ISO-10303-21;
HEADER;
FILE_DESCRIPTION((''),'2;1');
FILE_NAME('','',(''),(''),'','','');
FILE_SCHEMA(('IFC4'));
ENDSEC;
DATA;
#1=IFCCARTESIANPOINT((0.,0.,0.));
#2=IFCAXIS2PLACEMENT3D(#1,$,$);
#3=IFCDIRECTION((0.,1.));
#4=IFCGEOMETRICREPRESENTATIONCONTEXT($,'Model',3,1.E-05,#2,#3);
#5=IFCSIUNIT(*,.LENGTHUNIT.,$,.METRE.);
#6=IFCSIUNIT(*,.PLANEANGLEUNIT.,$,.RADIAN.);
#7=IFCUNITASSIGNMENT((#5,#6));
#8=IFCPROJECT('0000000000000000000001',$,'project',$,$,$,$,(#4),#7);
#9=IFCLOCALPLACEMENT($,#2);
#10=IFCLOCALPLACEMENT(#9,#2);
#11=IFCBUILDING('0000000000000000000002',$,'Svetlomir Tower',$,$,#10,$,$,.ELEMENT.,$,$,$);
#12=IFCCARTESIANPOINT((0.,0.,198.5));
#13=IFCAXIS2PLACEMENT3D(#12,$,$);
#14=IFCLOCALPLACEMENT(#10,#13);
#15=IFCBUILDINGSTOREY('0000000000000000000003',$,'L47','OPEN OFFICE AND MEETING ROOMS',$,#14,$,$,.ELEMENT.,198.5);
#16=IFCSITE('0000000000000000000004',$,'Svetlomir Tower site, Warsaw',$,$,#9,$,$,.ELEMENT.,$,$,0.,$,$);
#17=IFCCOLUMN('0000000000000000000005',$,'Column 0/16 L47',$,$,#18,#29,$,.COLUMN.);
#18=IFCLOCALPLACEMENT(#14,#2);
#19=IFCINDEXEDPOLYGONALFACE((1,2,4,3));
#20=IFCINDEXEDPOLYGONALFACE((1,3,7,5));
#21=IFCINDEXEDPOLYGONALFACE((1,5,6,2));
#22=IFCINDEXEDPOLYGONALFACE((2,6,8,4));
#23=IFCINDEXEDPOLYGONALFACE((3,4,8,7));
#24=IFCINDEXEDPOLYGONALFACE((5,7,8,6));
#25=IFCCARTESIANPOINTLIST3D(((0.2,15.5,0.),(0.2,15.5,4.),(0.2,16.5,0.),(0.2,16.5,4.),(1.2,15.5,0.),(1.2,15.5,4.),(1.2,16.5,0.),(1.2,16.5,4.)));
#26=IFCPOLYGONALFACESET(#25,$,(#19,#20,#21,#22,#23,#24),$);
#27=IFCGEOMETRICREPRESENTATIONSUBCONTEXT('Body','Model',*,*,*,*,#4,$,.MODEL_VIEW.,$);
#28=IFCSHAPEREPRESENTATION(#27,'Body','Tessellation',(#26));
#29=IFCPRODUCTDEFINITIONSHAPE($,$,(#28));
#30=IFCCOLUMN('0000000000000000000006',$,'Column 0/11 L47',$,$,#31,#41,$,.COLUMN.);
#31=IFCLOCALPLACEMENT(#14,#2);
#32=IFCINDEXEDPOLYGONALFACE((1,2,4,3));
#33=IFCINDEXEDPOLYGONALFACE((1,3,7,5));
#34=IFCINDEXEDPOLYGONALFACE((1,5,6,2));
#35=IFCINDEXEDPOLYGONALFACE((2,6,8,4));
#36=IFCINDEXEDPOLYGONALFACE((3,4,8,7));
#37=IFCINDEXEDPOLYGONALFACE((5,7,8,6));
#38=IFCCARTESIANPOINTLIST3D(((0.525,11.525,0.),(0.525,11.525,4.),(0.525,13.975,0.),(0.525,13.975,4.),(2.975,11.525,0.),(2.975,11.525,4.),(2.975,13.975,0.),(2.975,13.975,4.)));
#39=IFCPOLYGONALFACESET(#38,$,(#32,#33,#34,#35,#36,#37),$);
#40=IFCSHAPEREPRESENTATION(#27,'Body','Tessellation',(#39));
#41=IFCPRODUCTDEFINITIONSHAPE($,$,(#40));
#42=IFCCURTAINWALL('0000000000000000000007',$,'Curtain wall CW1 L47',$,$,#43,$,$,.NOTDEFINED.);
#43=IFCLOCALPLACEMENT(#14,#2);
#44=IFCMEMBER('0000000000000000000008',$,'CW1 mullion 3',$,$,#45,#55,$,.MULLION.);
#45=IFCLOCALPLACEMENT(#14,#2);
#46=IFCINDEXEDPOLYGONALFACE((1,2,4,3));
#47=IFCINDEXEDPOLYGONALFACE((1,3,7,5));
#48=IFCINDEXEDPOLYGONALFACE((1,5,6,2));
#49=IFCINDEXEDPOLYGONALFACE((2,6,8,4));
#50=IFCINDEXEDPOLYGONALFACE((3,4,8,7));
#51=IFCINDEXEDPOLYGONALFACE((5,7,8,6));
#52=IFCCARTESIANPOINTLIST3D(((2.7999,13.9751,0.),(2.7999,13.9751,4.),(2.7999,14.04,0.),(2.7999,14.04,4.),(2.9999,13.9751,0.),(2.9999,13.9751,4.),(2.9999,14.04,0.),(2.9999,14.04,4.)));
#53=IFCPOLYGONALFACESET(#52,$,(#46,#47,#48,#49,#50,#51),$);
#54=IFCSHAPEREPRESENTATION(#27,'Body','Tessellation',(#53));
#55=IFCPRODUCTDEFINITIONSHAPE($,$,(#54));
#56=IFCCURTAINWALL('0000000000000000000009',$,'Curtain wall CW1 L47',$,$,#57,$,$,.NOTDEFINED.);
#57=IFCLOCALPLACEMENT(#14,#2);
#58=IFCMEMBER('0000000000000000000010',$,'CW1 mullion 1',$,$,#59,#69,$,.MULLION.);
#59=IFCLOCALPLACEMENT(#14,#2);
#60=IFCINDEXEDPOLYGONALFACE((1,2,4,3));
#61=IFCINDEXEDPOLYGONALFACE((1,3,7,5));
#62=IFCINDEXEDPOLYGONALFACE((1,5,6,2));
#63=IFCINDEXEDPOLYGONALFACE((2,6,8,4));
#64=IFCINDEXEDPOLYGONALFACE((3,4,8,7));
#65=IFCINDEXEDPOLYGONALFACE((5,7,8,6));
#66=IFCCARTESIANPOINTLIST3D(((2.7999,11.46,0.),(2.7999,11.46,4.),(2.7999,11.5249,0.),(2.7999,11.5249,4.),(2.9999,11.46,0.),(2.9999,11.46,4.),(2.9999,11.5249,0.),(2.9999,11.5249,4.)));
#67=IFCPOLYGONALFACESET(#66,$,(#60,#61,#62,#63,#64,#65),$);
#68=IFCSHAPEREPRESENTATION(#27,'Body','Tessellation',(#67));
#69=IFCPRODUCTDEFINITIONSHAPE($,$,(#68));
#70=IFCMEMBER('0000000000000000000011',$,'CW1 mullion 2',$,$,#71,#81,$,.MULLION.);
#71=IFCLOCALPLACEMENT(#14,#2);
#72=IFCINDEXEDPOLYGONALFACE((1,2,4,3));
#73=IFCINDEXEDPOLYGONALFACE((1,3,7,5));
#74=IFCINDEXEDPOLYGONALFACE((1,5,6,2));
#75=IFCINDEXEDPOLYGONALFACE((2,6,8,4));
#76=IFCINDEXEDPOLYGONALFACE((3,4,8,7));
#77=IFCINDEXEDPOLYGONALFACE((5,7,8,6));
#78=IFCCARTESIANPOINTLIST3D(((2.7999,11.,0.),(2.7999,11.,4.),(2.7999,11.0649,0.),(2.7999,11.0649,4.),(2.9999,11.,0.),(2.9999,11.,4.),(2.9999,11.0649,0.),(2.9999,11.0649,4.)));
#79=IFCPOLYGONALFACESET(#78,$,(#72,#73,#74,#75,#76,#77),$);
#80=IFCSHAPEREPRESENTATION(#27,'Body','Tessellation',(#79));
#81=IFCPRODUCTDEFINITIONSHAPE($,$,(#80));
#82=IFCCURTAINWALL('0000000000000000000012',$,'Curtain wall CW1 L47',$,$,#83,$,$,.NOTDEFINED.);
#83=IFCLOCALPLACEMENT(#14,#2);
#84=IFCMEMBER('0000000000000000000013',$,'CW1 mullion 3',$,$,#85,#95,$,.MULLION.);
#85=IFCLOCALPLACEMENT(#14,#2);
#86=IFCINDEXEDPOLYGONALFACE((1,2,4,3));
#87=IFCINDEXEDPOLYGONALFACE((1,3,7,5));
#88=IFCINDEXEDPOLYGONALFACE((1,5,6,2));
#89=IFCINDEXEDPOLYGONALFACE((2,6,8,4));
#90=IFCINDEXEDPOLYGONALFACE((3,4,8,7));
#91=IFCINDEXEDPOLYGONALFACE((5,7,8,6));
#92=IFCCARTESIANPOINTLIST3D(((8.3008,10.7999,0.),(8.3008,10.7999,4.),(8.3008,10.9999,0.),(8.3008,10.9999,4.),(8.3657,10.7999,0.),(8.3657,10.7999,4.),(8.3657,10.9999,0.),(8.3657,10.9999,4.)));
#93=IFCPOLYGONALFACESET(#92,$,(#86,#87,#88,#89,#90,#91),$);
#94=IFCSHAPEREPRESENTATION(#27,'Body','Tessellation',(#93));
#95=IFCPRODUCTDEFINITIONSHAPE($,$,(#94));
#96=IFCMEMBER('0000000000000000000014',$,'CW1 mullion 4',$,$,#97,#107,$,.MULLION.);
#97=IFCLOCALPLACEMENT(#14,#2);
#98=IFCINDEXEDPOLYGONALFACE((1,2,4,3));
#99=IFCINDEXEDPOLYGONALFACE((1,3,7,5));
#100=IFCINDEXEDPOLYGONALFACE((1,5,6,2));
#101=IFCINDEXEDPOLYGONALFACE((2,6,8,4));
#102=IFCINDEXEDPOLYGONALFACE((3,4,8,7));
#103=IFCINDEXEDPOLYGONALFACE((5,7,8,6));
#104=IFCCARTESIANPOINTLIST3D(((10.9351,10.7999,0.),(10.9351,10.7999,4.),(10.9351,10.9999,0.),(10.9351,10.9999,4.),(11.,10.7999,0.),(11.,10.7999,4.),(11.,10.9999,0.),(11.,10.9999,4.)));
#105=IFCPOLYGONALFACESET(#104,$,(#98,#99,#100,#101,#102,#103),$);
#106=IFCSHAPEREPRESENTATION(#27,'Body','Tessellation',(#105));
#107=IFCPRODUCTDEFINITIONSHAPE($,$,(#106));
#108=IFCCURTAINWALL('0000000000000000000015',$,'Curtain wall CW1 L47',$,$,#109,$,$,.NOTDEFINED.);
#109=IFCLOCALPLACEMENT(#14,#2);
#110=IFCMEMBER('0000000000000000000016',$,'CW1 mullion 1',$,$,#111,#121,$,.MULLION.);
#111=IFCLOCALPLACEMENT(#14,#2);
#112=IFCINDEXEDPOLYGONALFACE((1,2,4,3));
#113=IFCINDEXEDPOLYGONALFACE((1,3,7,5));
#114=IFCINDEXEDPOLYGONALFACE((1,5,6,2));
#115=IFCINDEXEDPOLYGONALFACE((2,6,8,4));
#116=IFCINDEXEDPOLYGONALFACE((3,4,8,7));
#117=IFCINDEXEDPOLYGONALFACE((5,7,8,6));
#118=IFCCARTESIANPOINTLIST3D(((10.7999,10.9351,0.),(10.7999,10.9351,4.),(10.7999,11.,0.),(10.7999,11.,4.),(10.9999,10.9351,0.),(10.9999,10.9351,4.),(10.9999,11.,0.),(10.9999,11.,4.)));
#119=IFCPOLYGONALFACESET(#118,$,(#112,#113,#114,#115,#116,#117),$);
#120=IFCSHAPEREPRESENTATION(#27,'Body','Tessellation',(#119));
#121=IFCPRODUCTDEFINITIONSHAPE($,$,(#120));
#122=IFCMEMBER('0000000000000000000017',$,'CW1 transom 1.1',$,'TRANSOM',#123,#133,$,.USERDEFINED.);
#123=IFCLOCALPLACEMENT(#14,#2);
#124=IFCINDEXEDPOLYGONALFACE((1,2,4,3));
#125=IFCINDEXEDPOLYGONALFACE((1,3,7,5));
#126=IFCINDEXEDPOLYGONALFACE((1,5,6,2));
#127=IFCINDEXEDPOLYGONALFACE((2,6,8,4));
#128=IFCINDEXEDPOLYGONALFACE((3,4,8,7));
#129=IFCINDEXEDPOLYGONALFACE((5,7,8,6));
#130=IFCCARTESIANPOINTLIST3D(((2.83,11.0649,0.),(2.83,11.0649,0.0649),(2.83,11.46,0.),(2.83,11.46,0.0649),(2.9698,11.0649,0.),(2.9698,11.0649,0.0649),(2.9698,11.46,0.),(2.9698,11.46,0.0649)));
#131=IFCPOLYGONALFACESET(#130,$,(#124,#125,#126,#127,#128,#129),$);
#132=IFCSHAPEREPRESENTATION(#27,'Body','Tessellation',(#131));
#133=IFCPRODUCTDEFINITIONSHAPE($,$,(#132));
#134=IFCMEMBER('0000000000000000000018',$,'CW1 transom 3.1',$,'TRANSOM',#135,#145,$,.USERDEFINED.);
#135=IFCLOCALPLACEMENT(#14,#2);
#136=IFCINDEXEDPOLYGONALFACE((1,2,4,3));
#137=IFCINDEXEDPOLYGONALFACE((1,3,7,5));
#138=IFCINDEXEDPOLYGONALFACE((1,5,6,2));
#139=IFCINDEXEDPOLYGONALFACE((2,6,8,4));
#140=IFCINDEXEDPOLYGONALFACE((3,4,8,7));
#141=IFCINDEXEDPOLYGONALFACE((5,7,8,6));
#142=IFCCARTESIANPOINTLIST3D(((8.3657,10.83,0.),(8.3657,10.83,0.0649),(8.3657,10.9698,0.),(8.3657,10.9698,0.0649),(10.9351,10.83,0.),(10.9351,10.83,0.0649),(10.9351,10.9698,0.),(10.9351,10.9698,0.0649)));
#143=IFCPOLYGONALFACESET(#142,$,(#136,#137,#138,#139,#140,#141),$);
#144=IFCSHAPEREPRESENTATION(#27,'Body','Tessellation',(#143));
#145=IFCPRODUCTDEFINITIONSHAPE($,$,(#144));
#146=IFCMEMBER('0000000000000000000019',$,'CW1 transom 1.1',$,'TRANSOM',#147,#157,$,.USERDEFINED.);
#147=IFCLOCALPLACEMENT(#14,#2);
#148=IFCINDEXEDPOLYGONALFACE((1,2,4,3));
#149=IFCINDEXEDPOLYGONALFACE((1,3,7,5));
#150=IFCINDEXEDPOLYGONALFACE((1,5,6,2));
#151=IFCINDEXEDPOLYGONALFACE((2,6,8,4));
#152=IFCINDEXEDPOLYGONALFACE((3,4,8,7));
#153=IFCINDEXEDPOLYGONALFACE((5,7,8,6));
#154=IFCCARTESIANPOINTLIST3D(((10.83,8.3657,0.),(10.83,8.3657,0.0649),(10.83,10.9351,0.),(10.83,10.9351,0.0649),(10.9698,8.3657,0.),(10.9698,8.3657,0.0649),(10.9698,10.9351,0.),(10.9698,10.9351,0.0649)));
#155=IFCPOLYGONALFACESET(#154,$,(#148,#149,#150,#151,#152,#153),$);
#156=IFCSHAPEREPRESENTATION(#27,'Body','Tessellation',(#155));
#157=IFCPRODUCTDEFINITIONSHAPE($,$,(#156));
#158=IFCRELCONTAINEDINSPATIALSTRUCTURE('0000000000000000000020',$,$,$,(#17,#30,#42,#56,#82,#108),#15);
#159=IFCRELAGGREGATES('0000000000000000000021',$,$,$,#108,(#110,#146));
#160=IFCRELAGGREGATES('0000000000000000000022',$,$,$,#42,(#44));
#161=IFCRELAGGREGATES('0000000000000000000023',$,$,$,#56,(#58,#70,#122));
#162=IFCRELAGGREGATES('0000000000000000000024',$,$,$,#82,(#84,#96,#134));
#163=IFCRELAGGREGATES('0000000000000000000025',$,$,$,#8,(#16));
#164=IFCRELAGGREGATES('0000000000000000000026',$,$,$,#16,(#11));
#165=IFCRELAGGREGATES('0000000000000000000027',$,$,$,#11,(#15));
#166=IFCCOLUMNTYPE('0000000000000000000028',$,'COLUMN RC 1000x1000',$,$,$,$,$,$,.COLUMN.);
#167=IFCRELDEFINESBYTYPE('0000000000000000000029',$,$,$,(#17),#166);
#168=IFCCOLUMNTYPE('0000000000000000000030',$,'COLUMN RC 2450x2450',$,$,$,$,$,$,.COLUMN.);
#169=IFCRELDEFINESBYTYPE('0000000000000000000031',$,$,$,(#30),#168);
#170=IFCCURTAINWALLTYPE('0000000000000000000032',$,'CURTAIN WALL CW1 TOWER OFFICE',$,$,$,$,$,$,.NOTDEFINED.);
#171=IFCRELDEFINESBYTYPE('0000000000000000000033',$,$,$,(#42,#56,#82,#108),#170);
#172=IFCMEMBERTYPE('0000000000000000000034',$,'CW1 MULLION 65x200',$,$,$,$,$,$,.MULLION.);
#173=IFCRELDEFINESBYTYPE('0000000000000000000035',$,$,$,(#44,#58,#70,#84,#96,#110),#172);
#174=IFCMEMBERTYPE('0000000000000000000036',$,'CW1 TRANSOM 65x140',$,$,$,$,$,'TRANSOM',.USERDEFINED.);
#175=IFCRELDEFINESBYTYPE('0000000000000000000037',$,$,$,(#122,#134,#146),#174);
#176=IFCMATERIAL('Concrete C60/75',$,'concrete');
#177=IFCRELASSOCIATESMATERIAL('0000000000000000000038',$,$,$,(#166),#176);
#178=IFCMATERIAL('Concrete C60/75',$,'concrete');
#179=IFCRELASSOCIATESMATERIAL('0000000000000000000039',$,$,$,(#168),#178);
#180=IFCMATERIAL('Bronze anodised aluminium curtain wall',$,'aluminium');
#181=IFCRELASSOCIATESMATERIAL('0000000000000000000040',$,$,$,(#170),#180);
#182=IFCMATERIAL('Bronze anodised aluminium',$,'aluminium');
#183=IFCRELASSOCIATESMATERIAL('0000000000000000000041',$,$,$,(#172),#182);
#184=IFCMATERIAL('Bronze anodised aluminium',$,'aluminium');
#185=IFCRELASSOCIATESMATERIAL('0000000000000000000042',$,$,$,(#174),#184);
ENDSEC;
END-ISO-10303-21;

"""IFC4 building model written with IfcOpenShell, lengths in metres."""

from ifc_helpers import new_model, si_unit, direction, frame, origin, origin_2d, place, context, subcontext, project, spatial, rectangle, extrude, material, material_profile, profile_set, type_object, element, aggregate, save


model = new_model("IFC4")

# Units and contexts
model_context = context("Model", 3, precision=1e-05, world=origin(), true_north=direction((0.0, 1.0)))
body_context = subcontext(model_context, "Body", "Model", "MODEL_VIEW")
ifc_project = project(units=[si_unit("LENGTHUNIT", "METRE"), si_unit("PLANEANGLEUNIT", "RADIAN")], contexts=[model_context])

# Site, building, storey
site_placement = place(None, origin())
site = spatial("IfcSite", under=ifc_project, at=site_placement, Name="Svetlomir Tower site, Warsaw", CompositionType="ELEMENT", RefElevation=0.0)
building_placement = place(site_placement, origin())
building = spatial("IfcBuilding", under=site, at=building_placement, Name="Svetlomir Tower", CompositionType="ELEMENT")
storey_placement = place(building_placement, frame((0.0, 0.0, 198.5)))
storey = spatial("IfcBuildingStorey", under=building, at=storey_placement, Name="L47", Description="OPEN OFFICE AND MEETING ROOMS", CompositionType="ELEMENT", Elevation=198.5)

# Columns
ifc_material_1 = material(Name="Concrete C60/75", Category="concrete")
ifc_material_profile_1 = material_profile(ifc_material_1, rectangle(XDim=1.0, YDim=1.0, at=origin_2d()), Name="RC 1000x1000")
ifc_profile_set_1 = profile_set([ifc_material_profile_1], Name="Concrete C60/75")
column_type_1 = type_object("IfcColumnType", Name="COLUMN RC 1000x1000", PredefinedType="COLUMN", material=ifc_profile_set_1)
column_1_placement = place(storey_placement, frame((0.7, 16.0, 0.0), z_axis=(0.0, 0.0, 1.0), x_axis=(1.0, 0.0, 0.0)))
element("IfcColumn", 1, at=column_1_placement, inside=storey, type_object=column_type_1, Name="Column 0/16 L47", PredefinedType="COLUMN", context=body_context, shape_type="SweptSolid", body=[
    extrude(rectangle(XDim=1.0, YDim=1.0, at=origin_2d()), origin(), (0.0, 0.0, 1.0), 4.0),
])
ifc_material_2 = material(Name="Concrete C60/75", Category="concrete")
ifc_material_profile_2 = material_profile(ifc_material_2, rectangle(XDim=2.45, YDim=2.45, at=origin_2d()), Name="RC 2450x2450")
ifc_profile_set_2 = profile_set([ifc_material_profile_2], Name="Concrete C60/75")
column_type_2 = type_object("IfcColumnType", Name="COLUMN RC 2450x2450", PredefinedType="COLUMN", material=ifc_profile_set_2)
column_2_placement = place(storey_placement, frame((1.75, 12.75, 0.0), z_axis=(0.0, 0.0, 1.0), x_axis=(1.0, 0.0, 0.0)))
element("IfcColumn", 2, at=column_2_placement, inside=storey, type_object=column_type_2, Name="Column 0/11 L47", PredefinedType="COLUMN", context=body_context, shape_type="SweptSolid", body=[
    extrude(rectangle(XDim=2.45, YDim=2.45, at=origin_2d()), origin(), (0.0, 0.0, 1.0), 4.0),
])

# Curtain wall, member
ifc_material_3 = material(Name="Bronze anodised aluminium curtain wall", Category="aluminium")
curtain_wall_type = type_object("IfcCurtainWallType", Name="CURTAIN WALL CW1 TOWER OFFICE", PredefinedType="NOTDEFINED", material=ifc_material_3)
curtain_wall_1_placement = place(storey_placement, origin())
curtain_wall_1 = element("IfcCurtainWall", 3, at=curtain_wall_1_placement, inside=storey, type_object=curtain_wall_type, Name="Curtain wall CW1 L47", PredefinedType="NOTDEFINED")
ifc_material_4 = material(Name="Bronze anodised aluminium", Category="aluminium")
ifc_material_profile_3 = material_profile(ifc_material_4, rectangle(XDim=0.0649, YDim=0.2, at=origin_2d()), Name="AL 65x200")
ifc_profile_set_3 = profile_set([ifc_material_profile_3], Name="Bronze anodised aluminium 6063-T6")
member_type_1 = type_object("IfcMemberType", Name="CW1 MULLION 65x200", PredefinedType="MULLION", material=ifc_profile_set_3)
member_1_placement = place(storey_placement, frame((2.8999, 14.0076, 0.0), z_axis=(0.0, 0.0, 1.0), x_axis=(0.0, -1.0, 0.0)))
member_1 = element("IfcMember", 4, at=member_1_placement, type_object=member_type_1, Name="CW1 mullion 3", PredefinedType="MULLION", context=body_context, shape_type="SweptSolid", body=[
    extrude(rectangle(XDim=0.0649, YDim=0.2, at=origin_2d()), origin(), (0.0, 0.0, 1.0), 4.0),
])

# Curtain walls, members
curtain_wall_2_placement = place(storey_placement, origin())
curtain_wall_2 = element("IfcCurtainWall", 5, at=curtain_wall_2_placement, inside=storey, type_object=curtain_wall_type, Name="Curtain wall CW1 L47", PredefinedType="NOTDEFINED")
member_2_placement = place(storey_placement, frame((2.8999, 11.4924, 0.0), z_axis=(0.0, 0.0, 1.0), x_axis=(0.0, -1.0, 0.0)))
member_2 = element("IfcMember", 6, at=member_2_placement, type_object=member_type_1, Name="CW1 mullion 1", PredefinedType="MULLION", context=body_context, shape_type="SweptSolid", body=[
    extrude(rectangle(XDim=0.0649, YDim=0.2, at=origin_2d()), origin(), (0.0, 0.0, 1.0), 4.0),
])
member_3_placement = place(storey_placement, frame((2.8999, 11.0325, 0.0), z_axis=(0.0, 0.0, 1.0), x_axis=(0.0, -1.0, 0.0)))
member_3 = element("IfcMember", 7, at=member_3_placement, type_object=member_type_1, Name="CW1 mullion 2", PredefinedType="MULLION", context=body_context, shape_type="SweptSolid", body=[
    extrude(rectangle(XDim=0.0649, YDim=0.2, at=origin_2d()), origin(), (0.0, 0.0, 1.0), 4.0),
])
curtain_wall_3_placement = place(storey_placement, origin())
curtain_wall_3 = element("IfcCurtainWall", 8, at=curtain_wall_3_placement, inside=storey, type_object=curtain_wall_type, Name="Curtain wall CW1 L47", PredefinedType="NOTDEFINED")
member_4_placement = place(storey_placement, frame((8.3333, 10.8999, 0.0), z_axis=(0.0, 0.0, 1.0), x_axis=(1.0, 0.0, 0.0)))
member_4 = element("IfcMember", 9, at=member_4_placement, type_object=member_type_1, Name="CW1 mullion 3", PredefinedType="MULLION", context=body_context, shape_type="SweptSolid", body=[
    extrude(rectangle(XDim=0.0649, YDim=0.2, at=origin_2d()), origin(), (0.0, 0.0, 1.0), 4.0),
])
member_5_placement = place(storey_placement, frame((10.9675, 10.8999, 0.0), z_axis=(0.0, 0.0, 1.0), x_axis=(1.0, 0.0, 0.0)))
member_5 = element("IfcMember", 10, at=member_5_placement, type_object=member_type_1, Name="CW1 mullion 4", PredefinedType="MULLION", context=body_context, shape_type="SweptSolid", body=[
    extrude(rectangle(XDim=0.0649, YDim=0.2, at=origin_2d()), origin(), (0.0, 0.0, 1.0), 4.0),
])

# Curtain wall, member
curtain_wall_4_placement = place(storey_placement, origin())
curtain_wall_4 = element("IfcCurtainWall", 11, at=curtain_wall_4_placement, inside=storey, type_object=curtain_wall_type, Name="Curtain wall CW1 L47", PredefinedType="NOTDEFINED")
member_6_placement = place(storey_placement, frame((10.8999, 10.9675, 0.0), z_axis=(0.0, 0.0, 1.0), x_axis=(0.0, -1.0, 0.0)))
member_6 = element("IfcMember", 12, at=member_6_placement, type_object=member_type_1, Name="CW1 mullion 1", PredefinedType="MULLION", context=body_context, shape_type="SweptSolid", body=[
    extrude(rectangle(XDim=0.0649, YDim=0.2, at=origin_2d()), origin(), (0.0, 0.0, 1.0), 4.0),
])

# Members
ifc_material_5 = material(Name="Bronze anodised aluminium", Category="aluminium")
ifc_material_profile_4 = material_profile(ifc_material_5, rectangle(XDim=0.1399, YDim=0.0649, at=origin_2d()), Name="AL 140x65")
ifc_profile_set_4 = profile_set([ifc_material_profile_4], Name="Bronze anodised aluminium 6063-T6")
member_type_2 = type_object("IfcMemberType", Name="CW1 TRANSOM 65x140", ElementType="TRANSOM", PredefinedType="USERDEFINED", material=ifc_profile_set_4)
member_7_placement = place(storey_placement, frame((2.8999, 11.46, 0.0325), z_axis=(0.0, -1.0, 0.0), x_axis=(1.0, 0.0, 0.0)))
member_7 = element("IfcMember", 13, at=member_7_placement, type_object=member_type_2, Name="CW1 transom 1.1", ObjectType="TRANSOM", PredefinedType="USERDEFINED", context=body_context, shape_type="SweptSolid", body=[
    extrude(rectangle(XDim=0.1399, YDim=0.0649, at=origin_2d()), origin(), (0.0, 0.0, 1.0), 0.395),
])
member_8_placement = place(storey_placement, frame((8.3657, 10.8999, 0.0325), z_axis=(1.0, 0.0, 0.0), x_axis=(0.0, 1.0, 0.0)))
member_8 = element("IfcMember", 14, at=member_8_placement, type_object=member_type_2, Name="CW1 transom 3.1", ObjectType="TRANSOM", PredefinedType="USERDEFINED", context=body_context, shape_type="SweptSolid", body=[
    extrude(rectangle(XDim=0.1399, YDim=0.0649, at=origin_2d()), origin(), (0.0, 0.0, 1.0), 2.5693),
])
member_9_placement = place(storey_placement, frame((10.8999, 10.9351, 0.0325), z_axis=(0.0, -1.0, 0.0), x_axis=(1.0, 0.0, 0.0)))
member_9 = element("IfcMember", 15, at=member_9_placement, type_object=member_type_2, Name="CW1 transom 1.1", ObjectType="TRANSOM", PredefinedType="USERDEFINED", context=body_context, shape_type="SweptSolid", body=[
    extrude(rectangle(XDim=0.1399, YDim=0.0649, at=origin_2d()), origin(), (0.0, 0.0, 1.0), 2.5693),
])
aggregate(curtain_wall_4, [member_6, member_9])

aggregate(curtain_wall_1, [member_1])
aggregate(curtain_wall_2, [member_2, member_3, member_7])
aggregate(curtain_wall_3, [member_4, member_5, member_8])

save(model, "model.ifc")
